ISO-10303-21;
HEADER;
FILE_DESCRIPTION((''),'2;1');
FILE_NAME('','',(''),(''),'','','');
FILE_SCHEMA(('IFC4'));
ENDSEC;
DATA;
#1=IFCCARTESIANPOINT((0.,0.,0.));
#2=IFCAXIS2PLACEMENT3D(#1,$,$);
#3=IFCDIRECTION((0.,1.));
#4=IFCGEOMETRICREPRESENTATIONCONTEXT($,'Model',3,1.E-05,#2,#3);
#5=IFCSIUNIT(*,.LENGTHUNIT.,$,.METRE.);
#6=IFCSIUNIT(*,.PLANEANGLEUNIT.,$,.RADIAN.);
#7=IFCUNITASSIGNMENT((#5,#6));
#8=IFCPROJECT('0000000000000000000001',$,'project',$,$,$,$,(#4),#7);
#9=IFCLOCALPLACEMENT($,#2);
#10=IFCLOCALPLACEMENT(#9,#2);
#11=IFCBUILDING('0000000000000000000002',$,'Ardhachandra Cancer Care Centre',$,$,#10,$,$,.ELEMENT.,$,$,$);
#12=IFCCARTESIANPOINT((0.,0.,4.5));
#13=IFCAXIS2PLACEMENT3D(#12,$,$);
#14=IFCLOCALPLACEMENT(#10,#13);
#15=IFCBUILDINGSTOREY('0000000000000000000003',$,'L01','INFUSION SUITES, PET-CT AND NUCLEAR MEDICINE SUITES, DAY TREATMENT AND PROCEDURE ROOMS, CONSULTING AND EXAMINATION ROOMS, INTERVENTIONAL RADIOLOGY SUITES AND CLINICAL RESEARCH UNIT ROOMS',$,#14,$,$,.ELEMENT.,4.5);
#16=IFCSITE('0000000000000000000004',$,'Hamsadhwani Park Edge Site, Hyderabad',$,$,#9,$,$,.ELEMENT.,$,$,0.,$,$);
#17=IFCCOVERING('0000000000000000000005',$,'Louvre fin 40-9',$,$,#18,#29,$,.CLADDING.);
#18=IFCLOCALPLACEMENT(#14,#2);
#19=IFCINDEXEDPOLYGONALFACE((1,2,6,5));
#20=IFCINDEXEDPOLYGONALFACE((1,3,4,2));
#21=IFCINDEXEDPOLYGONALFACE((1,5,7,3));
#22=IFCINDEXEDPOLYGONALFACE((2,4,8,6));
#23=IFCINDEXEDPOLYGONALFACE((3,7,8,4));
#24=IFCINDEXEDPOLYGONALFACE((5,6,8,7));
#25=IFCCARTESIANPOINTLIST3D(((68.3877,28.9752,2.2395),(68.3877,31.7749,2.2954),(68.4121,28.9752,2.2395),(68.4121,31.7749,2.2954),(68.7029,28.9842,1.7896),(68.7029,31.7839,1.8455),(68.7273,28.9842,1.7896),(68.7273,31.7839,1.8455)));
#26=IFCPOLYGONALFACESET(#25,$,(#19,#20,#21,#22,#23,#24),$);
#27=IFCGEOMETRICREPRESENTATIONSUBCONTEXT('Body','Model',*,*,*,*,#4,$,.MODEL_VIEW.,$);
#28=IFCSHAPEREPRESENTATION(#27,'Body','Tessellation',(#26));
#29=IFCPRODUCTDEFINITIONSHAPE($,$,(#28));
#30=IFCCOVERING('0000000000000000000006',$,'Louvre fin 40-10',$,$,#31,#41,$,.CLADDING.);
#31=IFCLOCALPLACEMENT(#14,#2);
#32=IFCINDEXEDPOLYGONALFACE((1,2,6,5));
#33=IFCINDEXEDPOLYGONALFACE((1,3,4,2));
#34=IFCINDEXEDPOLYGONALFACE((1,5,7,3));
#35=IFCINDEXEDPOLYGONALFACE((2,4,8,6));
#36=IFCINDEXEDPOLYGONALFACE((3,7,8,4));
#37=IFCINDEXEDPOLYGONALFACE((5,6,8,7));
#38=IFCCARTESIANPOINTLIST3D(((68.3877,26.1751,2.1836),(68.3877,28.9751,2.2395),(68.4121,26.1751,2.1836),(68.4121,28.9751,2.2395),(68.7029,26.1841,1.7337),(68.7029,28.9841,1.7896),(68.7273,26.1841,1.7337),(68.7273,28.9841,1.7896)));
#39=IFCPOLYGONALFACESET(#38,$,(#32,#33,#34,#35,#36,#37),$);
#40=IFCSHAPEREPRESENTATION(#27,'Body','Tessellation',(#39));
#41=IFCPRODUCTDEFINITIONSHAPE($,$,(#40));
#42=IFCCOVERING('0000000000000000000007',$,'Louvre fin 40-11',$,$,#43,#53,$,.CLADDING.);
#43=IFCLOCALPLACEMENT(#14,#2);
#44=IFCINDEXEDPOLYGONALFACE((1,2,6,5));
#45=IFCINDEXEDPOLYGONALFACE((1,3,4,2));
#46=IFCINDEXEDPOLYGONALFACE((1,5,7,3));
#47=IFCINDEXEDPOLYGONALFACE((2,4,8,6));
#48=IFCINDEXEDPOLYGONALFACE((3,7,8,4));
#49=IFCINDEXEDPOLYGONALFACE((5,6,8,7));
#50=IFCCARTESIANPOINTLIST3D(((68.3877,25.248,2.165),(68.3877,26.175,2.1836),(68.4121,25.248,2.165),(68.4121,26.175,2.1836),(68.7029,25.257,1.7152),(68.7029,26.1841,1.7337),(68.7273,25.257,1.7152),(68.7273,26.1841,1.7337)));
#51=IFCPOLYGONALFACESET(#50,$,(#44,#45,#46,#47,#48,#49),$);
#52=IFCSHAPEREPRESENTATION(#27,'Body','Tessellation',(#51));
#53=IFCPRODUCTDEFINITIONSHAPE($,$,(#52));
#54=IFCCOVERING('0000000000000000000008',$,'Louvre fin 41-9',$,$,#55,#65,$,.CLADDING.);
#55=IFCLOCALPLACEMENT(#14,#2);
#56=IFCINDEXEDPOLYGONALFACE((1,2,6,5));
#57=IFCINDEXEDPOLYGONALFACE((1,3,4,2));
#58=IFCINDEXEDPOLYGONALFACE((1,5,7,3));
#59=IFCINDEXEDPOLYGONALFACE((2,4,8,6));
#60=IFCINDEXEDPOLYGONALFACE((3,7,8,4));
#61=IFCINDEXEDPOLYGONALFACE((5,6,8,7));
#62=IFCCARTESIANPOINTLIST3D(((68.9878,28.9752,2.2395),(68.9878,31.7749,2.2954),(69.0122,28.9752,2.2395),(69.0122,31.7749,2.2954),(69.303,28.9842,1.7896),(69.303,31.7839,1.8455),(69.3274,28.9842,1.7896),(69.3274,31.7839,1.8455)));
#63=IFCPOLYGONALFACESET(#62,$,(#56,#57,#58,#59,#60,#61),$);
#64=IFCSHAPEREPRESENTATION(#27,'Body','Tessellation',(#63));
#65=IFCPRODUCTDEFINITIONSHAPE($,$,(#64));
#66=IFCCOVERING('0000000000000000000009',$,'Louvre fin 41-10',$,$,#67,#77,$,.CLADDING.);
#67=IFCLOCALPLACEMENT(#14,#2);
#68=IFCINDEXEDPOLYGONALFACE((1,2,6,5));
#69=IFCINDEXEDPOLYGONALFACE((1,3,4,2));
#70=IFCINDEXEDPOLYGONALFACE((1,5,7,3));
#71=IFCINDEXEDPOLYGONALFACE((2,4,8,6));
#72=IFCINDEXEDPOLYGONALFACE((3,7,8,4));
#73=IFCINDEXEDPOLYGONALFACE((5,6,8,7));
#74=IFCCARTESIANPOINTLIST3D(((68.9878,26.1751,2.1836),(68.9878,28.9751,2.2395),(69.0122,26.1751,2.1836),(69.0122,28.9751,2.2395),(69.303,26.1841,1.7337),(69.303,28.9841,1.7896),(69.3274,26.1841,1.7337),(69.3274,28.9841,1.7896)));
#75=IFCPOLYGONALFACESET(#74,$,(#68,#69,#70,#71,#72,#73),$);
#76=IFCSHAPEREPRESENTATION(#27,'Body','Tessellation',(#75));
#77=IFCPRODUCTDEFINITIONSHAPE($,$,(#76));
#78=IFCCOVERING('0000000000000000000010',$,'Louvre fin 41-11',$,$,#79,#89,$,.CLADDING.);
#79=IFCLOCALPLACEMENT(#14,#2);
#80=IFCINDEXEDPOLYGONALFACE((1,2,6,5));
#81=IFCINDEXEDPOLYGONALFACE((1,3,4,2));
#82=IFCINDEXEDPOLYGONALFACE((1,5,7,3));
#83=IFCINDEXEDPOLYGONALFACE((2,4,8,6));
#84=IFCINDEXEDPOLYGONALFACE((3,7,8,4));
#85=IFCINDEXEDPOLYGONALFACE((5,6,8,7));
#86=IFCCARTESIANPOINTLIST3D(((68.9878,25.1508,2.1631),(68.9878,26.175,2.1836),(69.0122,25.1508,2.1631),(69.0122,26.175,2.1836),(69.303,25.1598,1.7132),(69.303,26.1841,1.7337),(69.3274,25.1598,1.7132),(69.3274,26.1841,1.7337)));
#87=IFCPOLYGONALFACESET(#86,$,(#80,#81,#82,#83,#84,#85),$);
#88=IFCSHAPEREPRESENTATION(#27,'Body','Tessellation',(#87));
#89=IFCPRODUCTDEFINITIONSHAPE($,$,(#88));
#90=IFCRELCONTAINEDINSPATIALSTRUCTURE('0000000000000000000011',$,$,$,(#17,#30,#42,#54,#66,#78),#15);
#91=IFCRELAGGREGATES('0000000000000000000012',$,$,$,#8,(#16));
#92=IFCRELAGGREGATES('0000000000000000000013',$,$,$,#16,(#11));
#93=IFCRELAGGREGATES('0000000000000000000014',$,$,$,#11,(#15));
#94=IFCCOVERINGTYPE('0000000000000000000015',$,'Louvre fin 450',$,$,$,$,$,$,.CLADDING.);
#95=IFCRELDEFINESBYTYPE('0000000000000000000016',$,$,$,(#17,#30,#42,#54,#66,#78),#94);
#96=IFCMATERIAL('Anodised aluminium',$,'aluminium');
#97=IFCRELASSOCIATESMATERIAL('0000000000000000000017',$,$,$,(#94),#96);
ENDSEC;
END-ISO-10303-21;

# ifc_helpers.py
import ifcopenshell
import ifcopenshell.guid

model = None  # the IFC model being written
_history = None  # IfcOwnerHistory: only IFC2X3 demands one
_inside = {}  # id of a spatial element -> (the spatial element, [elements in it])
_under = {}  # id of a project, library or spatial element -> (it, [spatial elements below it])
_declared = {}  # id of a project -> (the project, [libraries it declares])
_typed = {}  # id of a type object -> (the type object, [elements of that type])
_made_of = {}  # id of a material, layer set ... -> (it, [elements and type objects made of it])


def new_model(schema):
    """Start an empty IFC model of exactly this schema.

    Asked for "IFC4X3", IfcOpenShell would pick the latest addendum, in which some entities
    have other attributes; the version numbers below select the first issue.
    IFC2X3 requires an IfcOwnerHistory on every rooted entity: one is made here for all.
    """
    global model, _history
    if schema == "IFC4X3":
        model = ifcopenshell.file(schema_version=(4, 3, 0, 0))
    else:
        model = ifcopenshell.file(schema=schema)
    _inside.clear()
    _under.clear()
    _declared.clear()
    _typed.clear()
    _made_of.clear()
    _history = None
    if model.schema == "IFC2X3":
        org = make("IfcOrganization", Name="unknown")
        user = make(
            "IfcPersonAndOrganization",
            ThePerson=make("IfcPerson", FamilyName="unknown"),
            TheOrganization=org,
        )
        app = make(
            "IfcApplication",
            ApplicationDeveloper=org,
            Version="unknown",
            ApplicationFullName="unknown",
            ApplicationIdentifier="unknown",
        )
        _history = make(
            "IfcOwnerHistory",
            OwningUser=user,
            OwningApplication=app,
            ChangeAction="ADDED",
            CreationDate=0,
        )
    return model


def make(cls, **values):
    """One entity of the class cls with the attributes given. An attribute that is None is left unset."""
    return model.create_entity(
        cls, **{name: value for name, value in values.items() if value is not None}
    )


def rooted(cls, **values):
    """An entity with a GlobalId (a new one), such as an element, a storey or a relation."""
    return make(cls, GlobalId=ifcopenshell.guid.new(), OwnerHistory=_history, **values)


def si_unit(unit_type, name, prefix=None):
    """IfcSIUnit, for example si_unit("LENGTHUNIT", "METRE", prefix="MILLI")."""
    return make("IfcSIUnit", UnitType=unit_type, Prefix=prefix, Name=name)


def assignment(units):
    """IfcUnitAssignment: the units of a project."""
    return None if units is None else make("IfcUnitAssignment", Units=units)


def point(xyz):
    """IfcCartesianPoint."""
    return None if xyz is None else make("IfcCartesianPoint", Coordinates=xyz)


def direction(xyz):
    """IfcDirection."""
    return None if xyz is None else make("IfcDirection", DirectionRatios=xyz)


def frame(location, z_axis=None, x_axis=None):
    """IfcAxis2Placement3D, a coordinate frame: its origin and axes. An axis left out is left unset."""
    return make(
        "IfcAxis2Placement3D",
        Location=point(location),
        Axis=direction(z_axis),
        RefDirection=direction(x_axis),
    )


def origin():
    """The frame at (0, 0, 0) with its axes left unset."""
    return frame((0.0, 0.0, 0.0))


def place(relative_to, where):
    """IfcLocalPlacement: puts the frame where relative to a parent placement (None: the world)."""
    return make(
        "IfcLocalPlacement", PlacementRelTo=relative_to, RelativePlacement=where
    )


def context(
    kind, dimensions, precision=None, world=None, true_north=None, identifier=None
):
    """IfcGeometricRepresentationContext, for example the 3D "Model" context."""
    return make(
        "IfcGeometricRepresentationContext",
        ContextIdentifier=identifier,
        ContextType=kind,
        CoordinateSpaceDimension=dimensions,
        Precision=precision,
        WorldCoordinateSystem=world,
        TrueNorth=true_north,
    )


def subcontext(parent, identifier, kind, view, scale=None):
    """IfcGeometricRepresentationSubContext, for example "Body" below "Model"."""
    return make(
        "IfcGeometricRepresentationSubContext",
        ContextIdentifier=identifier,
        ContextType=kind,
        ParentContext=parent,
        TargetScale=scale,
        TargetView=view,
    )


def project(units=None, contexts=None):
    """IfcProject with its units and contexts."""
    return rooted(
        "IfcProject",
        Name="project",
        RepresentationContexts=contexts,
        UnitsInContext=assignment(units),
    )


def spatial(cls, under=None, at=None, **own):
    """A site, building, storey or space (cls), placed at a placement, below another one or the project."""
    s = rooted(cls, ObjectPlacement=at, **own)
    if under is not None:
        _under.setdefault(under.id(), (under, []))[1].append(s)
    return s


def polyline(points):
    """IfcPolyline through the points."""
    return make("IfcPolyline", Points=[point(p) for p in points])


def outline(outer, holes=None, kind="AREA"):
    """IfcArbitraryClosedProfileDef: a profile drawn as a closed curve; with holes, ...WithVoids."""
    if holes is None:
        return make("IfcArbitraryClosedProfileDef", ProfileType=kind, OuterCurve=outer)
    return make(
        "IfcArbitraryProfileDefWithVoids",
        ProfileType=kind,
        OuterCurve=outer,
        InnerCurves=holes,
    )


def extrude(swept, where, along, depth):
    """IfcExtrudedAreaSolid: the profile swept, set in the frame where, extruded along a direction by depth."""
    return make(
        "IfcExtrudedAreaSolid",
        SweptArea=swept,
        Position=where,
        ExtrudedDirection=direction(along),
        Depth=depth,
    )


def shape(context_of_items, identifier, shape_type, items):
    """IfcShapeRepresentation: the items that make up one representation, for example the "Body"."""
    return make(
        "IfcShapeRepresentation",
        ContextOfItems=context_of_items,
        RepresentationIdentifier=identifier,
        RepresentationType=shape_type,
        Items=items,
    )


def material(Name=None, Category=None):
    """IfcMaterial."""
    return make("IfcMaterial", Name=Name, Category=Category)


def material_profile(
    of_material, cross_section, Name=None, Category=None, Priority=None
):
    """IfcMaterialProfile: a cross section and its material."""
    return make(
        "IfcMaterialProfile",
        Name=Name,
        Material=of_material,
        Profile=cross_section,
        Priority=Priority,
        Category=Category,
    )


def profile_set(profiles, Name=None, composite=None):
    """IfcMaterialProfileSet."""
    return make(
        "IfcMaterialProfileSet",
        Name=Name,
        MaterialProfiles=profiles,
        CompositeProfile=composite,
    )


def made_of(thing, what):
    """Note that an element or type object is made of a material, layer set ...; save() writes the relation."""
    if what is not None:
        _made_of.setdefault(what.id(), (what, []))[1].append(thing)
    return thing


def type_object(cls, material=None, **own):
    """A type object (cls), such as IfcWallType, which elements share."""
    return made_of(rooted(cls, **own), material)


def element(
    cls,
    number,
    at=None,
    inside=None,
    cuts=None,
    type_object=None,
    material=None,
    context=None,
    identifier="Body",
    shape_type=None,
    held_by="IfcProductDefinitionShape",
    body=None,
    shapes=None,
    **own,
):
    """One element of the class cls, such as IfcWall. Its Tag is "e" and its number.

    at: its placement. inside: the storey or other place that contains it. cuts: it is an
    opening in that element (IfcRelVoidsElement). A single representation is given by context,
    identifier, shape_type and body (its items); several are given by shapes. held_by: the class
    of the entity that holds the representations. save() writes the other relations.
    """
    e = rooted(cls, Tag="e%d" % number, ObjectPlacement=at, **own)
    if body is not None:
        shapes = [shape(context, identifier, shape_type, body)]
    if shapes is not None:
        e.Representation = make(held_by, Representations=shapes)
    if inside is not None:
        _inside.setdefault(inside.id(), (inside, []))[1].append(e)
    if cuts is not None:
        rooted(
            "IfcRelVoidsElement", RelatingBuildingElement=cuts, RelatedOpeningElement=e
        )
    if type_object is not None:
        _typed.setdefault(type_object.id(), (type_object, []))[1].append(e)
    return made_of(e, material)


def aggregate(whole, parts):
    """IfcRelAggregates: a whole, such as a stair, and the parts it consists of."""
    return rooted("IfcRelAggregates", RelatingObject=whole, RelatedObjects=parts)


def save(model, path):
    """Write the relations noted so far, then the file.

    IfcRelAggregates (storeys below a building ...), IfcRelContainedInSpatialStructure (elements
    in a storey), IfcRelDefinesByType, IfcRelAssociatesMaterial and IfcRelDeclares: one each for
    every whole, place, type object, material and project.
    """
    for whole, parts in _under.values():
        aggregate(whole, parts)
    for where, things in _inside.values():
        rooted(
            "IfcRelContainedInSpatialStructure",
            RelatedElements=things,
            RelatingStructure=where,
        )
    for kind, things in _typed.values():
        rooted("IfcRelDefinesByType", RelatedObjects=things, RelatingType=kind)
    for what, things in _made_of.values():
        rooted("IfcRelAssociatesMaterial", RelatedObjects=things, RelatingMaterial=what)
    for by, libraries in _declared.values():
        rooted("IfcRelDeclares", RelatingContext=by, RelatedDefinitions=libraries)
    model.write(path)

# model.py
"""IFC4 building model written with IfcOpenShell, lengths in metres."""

from ifc_helpers import new_model, si_unit, direction, frame, origin, place, context, subcontext, project, spatial, polyline, outline, extrude, material, material_profile, profile_set, type_object, element, save


model = new_model("IFC4")

# Units and contexts
model_context = context("Model", 3, precision=1e-05, world=origin(), true_north=direction((0.0, 1.0)))
body_context = subcontext(model_context, "Body", "Model", "MODEL_VIEW")
ifc_project = project(units=[si_unit("LENGTHUNIT", "METRE"), si_unit("PLANEANGLEUNIT", "RADIAN")], contexts=[model_context])

# Site, building, storey
site_placement = place(None, origin())
site = spatial("IfcSite", under=ifc_project, at=site_placement, Name="Hamsadhwani Park Edge Site, Hyderabad", CompositionType="ELEMENT", RefElevation=0.0)
building_placement = place(site_placement, origin())
building = spatial("IfcBuilding", under=site, at=building_placement, Name="Ardhachandra Cancer Care Centre", CompositionType="ELEMENT")
storey_placement = place(building_placement, frame((0.0, 0.0, 4.5)))
storey = spatial("IfcBuildingStorey", under=building, at=storey_placement, Name="L01", Description="INFUSION SUITES, PET-CT AND NUCLEAR MEDICINE SUITES, DAY TREATMENT AND PROCEDURE ROOMS, CONSULTING AND EXAMINATION ROOMS, INTERVENTIONAL RADIOLOGY SUITES AND CLINICAL RESEARCH UNIT ROOMS", CompositionType="ELEMENT", Elevation=4.5)

# Coverings
ifc_material_1 = material(Name="Anodised aluminium", Category="aluminium")
ifc_material_profile_1 = material_profile(ifc_material_1, outline(polyline([(-0.0122, 0.0), (0.0122, 0.0), (0.3274, -0.45), (0.303, -0.45), (-0.0122, 0.0)])), Name="Louvre fin 450")
ifc_profile_set_1 = profile_set([ifc_material_profile_1], Name="Anodised aluminium")
covering_type = type_object("IfcCoveringType", Name="Louvre fin 450", PredefinedType="CLADDING", material=ifc_profile_set_1)
covering_1_placement = place(storey_placement, frame((68.3999, 31.7749, 2.2954), z_axis=(0.0, -0.999801, -0.019965), x_axis=(1.0, 0.0, 0.0)))
element("IfcCovering", 1, at=covering_1_placement, inside=storey, type_object=covering_type, Name="Louvre fin 40-9", PredefinedType="CLADDING", context=body_context, shape_type="SweptSolid", body=[
    extrude(outline(polyline([(-0.0122, 0.0), (0.0122, 0.0), (0.3274, -0.45), (0.303, -0.45), (-0.0122, 0.0)])), origin(), (0.0, 0.0, 1.0), 2.8003),
])
covering_2_placement = place(storey_placement, frame((68.3999, 28.9751, 2.2395), z_axis=(0.0, -0.999801, -0.019963), x_axis=(1.0, 0.0, 0.0)))
element("IfcCovering", 2, at=covering_2_placement, inside=storey, type_object=covering_type, Name="Louvre fin 40-10", PredefinedType="CLADDING", context=body_context, shape_type="SweptSolid", body=[
    extrude(outline(polyline([(-0.0122, 0.0), (0.0122, 0.0), (0.3274, -0.45), (0.303, -0.45), (-0.0122, 0.0)])), origin(), (0.0, 0.0, 1.0), 2.8005),
])
covering_3_placement = place(storey_placement, frame((68.3999, 26.175, 2.1836), z_axis=(0.0, -0.9998, -0.020012), x_axis=(1.0, 0.0, 0.0)))
element("IfcCovering", 3, at=covering_3_placement, inside=storey, type_object=covering_type, Name="Louvre fin 40-11", PredefinedType="CLADDING", context=body_context, shape_type="SweptSolid", body=[
    extrude(outline(polyline([(-0.0122, 0.0), (0.0122, 0.0), (0.3274, -0.45), (0.303, -0.45), (-0.0122, 0.0)])), origin(), (0.0, 0.0, 1.0), 0.9272),
])
covering_4_placement = place(storey_placement, frame((69.0, 31.7749, 2.2954), z_axis=(0.0, -0.999801, -0.019965), x_axis=(1.0, 0.0, 0.0)))
element("IfcCovering", 4, at=covering_4_placement, inside=storey, type_object=covering_type, Name="Louvre fin 41-9", PredefinedType="CLADDING", context=body_context, shape_type="SweptSolid", body=[
    extrude(outline(polyline([(-0.0122, 0.0), (0.0122, 0.0), (0.3274, -0.45), (0.303, -0.45), (-0.0122, 0.0)])), origin(), (0.0, 0.0, 1.0), 2.8003),
])
covering_5_placement = place(storey_placement, frame((69.0, 28.9751, 2.2395), z_axis=(0.0, -0.999801, -0.019963), x_axis=(1.0, 0.0, 0.0)))
element("IfcCovering", 5, at=covering_5_placement, inside=storey, type_object=covering_type, Name="Louvre fin 41-10", PredefinedType="CLADDING", context=body_context, shape_type="SweptSolid", body=[
    extrude(outline(polyline([(-0.0122, 0.0), (0.0122, 0.0), (0.3274, -0.45), (0.303, -0.45), (-0.0122, 0.0)])), origin(), (0.0, 0.0, 1.0), 2.8005),
])
covering_6_placement = place(storey_placement, frame((69.0, 26.175, 2.1836), z_axis=(0.0, -0.9998, -0.02002), x_axis=(1.0, 0.0, 0.0)))
element("IfcCovering", 6, at=covering_6_placement, inside=storey, type_object=covering_type, Name="Louvre fin 41-11", PredefinedType="CLADDING", context=body_context, shape_type="SweptSolid", body=[
    extrude(outline(polyline([(-0.0122, 0.0), (0.0122, 0.0), (0.3274, -0.45), (0.303, -0.45), (-0.0122, 0.0)])), origin(), (0.0, 0.0, 1.0), 1.0244),
])

save(model, "model.ifc")
